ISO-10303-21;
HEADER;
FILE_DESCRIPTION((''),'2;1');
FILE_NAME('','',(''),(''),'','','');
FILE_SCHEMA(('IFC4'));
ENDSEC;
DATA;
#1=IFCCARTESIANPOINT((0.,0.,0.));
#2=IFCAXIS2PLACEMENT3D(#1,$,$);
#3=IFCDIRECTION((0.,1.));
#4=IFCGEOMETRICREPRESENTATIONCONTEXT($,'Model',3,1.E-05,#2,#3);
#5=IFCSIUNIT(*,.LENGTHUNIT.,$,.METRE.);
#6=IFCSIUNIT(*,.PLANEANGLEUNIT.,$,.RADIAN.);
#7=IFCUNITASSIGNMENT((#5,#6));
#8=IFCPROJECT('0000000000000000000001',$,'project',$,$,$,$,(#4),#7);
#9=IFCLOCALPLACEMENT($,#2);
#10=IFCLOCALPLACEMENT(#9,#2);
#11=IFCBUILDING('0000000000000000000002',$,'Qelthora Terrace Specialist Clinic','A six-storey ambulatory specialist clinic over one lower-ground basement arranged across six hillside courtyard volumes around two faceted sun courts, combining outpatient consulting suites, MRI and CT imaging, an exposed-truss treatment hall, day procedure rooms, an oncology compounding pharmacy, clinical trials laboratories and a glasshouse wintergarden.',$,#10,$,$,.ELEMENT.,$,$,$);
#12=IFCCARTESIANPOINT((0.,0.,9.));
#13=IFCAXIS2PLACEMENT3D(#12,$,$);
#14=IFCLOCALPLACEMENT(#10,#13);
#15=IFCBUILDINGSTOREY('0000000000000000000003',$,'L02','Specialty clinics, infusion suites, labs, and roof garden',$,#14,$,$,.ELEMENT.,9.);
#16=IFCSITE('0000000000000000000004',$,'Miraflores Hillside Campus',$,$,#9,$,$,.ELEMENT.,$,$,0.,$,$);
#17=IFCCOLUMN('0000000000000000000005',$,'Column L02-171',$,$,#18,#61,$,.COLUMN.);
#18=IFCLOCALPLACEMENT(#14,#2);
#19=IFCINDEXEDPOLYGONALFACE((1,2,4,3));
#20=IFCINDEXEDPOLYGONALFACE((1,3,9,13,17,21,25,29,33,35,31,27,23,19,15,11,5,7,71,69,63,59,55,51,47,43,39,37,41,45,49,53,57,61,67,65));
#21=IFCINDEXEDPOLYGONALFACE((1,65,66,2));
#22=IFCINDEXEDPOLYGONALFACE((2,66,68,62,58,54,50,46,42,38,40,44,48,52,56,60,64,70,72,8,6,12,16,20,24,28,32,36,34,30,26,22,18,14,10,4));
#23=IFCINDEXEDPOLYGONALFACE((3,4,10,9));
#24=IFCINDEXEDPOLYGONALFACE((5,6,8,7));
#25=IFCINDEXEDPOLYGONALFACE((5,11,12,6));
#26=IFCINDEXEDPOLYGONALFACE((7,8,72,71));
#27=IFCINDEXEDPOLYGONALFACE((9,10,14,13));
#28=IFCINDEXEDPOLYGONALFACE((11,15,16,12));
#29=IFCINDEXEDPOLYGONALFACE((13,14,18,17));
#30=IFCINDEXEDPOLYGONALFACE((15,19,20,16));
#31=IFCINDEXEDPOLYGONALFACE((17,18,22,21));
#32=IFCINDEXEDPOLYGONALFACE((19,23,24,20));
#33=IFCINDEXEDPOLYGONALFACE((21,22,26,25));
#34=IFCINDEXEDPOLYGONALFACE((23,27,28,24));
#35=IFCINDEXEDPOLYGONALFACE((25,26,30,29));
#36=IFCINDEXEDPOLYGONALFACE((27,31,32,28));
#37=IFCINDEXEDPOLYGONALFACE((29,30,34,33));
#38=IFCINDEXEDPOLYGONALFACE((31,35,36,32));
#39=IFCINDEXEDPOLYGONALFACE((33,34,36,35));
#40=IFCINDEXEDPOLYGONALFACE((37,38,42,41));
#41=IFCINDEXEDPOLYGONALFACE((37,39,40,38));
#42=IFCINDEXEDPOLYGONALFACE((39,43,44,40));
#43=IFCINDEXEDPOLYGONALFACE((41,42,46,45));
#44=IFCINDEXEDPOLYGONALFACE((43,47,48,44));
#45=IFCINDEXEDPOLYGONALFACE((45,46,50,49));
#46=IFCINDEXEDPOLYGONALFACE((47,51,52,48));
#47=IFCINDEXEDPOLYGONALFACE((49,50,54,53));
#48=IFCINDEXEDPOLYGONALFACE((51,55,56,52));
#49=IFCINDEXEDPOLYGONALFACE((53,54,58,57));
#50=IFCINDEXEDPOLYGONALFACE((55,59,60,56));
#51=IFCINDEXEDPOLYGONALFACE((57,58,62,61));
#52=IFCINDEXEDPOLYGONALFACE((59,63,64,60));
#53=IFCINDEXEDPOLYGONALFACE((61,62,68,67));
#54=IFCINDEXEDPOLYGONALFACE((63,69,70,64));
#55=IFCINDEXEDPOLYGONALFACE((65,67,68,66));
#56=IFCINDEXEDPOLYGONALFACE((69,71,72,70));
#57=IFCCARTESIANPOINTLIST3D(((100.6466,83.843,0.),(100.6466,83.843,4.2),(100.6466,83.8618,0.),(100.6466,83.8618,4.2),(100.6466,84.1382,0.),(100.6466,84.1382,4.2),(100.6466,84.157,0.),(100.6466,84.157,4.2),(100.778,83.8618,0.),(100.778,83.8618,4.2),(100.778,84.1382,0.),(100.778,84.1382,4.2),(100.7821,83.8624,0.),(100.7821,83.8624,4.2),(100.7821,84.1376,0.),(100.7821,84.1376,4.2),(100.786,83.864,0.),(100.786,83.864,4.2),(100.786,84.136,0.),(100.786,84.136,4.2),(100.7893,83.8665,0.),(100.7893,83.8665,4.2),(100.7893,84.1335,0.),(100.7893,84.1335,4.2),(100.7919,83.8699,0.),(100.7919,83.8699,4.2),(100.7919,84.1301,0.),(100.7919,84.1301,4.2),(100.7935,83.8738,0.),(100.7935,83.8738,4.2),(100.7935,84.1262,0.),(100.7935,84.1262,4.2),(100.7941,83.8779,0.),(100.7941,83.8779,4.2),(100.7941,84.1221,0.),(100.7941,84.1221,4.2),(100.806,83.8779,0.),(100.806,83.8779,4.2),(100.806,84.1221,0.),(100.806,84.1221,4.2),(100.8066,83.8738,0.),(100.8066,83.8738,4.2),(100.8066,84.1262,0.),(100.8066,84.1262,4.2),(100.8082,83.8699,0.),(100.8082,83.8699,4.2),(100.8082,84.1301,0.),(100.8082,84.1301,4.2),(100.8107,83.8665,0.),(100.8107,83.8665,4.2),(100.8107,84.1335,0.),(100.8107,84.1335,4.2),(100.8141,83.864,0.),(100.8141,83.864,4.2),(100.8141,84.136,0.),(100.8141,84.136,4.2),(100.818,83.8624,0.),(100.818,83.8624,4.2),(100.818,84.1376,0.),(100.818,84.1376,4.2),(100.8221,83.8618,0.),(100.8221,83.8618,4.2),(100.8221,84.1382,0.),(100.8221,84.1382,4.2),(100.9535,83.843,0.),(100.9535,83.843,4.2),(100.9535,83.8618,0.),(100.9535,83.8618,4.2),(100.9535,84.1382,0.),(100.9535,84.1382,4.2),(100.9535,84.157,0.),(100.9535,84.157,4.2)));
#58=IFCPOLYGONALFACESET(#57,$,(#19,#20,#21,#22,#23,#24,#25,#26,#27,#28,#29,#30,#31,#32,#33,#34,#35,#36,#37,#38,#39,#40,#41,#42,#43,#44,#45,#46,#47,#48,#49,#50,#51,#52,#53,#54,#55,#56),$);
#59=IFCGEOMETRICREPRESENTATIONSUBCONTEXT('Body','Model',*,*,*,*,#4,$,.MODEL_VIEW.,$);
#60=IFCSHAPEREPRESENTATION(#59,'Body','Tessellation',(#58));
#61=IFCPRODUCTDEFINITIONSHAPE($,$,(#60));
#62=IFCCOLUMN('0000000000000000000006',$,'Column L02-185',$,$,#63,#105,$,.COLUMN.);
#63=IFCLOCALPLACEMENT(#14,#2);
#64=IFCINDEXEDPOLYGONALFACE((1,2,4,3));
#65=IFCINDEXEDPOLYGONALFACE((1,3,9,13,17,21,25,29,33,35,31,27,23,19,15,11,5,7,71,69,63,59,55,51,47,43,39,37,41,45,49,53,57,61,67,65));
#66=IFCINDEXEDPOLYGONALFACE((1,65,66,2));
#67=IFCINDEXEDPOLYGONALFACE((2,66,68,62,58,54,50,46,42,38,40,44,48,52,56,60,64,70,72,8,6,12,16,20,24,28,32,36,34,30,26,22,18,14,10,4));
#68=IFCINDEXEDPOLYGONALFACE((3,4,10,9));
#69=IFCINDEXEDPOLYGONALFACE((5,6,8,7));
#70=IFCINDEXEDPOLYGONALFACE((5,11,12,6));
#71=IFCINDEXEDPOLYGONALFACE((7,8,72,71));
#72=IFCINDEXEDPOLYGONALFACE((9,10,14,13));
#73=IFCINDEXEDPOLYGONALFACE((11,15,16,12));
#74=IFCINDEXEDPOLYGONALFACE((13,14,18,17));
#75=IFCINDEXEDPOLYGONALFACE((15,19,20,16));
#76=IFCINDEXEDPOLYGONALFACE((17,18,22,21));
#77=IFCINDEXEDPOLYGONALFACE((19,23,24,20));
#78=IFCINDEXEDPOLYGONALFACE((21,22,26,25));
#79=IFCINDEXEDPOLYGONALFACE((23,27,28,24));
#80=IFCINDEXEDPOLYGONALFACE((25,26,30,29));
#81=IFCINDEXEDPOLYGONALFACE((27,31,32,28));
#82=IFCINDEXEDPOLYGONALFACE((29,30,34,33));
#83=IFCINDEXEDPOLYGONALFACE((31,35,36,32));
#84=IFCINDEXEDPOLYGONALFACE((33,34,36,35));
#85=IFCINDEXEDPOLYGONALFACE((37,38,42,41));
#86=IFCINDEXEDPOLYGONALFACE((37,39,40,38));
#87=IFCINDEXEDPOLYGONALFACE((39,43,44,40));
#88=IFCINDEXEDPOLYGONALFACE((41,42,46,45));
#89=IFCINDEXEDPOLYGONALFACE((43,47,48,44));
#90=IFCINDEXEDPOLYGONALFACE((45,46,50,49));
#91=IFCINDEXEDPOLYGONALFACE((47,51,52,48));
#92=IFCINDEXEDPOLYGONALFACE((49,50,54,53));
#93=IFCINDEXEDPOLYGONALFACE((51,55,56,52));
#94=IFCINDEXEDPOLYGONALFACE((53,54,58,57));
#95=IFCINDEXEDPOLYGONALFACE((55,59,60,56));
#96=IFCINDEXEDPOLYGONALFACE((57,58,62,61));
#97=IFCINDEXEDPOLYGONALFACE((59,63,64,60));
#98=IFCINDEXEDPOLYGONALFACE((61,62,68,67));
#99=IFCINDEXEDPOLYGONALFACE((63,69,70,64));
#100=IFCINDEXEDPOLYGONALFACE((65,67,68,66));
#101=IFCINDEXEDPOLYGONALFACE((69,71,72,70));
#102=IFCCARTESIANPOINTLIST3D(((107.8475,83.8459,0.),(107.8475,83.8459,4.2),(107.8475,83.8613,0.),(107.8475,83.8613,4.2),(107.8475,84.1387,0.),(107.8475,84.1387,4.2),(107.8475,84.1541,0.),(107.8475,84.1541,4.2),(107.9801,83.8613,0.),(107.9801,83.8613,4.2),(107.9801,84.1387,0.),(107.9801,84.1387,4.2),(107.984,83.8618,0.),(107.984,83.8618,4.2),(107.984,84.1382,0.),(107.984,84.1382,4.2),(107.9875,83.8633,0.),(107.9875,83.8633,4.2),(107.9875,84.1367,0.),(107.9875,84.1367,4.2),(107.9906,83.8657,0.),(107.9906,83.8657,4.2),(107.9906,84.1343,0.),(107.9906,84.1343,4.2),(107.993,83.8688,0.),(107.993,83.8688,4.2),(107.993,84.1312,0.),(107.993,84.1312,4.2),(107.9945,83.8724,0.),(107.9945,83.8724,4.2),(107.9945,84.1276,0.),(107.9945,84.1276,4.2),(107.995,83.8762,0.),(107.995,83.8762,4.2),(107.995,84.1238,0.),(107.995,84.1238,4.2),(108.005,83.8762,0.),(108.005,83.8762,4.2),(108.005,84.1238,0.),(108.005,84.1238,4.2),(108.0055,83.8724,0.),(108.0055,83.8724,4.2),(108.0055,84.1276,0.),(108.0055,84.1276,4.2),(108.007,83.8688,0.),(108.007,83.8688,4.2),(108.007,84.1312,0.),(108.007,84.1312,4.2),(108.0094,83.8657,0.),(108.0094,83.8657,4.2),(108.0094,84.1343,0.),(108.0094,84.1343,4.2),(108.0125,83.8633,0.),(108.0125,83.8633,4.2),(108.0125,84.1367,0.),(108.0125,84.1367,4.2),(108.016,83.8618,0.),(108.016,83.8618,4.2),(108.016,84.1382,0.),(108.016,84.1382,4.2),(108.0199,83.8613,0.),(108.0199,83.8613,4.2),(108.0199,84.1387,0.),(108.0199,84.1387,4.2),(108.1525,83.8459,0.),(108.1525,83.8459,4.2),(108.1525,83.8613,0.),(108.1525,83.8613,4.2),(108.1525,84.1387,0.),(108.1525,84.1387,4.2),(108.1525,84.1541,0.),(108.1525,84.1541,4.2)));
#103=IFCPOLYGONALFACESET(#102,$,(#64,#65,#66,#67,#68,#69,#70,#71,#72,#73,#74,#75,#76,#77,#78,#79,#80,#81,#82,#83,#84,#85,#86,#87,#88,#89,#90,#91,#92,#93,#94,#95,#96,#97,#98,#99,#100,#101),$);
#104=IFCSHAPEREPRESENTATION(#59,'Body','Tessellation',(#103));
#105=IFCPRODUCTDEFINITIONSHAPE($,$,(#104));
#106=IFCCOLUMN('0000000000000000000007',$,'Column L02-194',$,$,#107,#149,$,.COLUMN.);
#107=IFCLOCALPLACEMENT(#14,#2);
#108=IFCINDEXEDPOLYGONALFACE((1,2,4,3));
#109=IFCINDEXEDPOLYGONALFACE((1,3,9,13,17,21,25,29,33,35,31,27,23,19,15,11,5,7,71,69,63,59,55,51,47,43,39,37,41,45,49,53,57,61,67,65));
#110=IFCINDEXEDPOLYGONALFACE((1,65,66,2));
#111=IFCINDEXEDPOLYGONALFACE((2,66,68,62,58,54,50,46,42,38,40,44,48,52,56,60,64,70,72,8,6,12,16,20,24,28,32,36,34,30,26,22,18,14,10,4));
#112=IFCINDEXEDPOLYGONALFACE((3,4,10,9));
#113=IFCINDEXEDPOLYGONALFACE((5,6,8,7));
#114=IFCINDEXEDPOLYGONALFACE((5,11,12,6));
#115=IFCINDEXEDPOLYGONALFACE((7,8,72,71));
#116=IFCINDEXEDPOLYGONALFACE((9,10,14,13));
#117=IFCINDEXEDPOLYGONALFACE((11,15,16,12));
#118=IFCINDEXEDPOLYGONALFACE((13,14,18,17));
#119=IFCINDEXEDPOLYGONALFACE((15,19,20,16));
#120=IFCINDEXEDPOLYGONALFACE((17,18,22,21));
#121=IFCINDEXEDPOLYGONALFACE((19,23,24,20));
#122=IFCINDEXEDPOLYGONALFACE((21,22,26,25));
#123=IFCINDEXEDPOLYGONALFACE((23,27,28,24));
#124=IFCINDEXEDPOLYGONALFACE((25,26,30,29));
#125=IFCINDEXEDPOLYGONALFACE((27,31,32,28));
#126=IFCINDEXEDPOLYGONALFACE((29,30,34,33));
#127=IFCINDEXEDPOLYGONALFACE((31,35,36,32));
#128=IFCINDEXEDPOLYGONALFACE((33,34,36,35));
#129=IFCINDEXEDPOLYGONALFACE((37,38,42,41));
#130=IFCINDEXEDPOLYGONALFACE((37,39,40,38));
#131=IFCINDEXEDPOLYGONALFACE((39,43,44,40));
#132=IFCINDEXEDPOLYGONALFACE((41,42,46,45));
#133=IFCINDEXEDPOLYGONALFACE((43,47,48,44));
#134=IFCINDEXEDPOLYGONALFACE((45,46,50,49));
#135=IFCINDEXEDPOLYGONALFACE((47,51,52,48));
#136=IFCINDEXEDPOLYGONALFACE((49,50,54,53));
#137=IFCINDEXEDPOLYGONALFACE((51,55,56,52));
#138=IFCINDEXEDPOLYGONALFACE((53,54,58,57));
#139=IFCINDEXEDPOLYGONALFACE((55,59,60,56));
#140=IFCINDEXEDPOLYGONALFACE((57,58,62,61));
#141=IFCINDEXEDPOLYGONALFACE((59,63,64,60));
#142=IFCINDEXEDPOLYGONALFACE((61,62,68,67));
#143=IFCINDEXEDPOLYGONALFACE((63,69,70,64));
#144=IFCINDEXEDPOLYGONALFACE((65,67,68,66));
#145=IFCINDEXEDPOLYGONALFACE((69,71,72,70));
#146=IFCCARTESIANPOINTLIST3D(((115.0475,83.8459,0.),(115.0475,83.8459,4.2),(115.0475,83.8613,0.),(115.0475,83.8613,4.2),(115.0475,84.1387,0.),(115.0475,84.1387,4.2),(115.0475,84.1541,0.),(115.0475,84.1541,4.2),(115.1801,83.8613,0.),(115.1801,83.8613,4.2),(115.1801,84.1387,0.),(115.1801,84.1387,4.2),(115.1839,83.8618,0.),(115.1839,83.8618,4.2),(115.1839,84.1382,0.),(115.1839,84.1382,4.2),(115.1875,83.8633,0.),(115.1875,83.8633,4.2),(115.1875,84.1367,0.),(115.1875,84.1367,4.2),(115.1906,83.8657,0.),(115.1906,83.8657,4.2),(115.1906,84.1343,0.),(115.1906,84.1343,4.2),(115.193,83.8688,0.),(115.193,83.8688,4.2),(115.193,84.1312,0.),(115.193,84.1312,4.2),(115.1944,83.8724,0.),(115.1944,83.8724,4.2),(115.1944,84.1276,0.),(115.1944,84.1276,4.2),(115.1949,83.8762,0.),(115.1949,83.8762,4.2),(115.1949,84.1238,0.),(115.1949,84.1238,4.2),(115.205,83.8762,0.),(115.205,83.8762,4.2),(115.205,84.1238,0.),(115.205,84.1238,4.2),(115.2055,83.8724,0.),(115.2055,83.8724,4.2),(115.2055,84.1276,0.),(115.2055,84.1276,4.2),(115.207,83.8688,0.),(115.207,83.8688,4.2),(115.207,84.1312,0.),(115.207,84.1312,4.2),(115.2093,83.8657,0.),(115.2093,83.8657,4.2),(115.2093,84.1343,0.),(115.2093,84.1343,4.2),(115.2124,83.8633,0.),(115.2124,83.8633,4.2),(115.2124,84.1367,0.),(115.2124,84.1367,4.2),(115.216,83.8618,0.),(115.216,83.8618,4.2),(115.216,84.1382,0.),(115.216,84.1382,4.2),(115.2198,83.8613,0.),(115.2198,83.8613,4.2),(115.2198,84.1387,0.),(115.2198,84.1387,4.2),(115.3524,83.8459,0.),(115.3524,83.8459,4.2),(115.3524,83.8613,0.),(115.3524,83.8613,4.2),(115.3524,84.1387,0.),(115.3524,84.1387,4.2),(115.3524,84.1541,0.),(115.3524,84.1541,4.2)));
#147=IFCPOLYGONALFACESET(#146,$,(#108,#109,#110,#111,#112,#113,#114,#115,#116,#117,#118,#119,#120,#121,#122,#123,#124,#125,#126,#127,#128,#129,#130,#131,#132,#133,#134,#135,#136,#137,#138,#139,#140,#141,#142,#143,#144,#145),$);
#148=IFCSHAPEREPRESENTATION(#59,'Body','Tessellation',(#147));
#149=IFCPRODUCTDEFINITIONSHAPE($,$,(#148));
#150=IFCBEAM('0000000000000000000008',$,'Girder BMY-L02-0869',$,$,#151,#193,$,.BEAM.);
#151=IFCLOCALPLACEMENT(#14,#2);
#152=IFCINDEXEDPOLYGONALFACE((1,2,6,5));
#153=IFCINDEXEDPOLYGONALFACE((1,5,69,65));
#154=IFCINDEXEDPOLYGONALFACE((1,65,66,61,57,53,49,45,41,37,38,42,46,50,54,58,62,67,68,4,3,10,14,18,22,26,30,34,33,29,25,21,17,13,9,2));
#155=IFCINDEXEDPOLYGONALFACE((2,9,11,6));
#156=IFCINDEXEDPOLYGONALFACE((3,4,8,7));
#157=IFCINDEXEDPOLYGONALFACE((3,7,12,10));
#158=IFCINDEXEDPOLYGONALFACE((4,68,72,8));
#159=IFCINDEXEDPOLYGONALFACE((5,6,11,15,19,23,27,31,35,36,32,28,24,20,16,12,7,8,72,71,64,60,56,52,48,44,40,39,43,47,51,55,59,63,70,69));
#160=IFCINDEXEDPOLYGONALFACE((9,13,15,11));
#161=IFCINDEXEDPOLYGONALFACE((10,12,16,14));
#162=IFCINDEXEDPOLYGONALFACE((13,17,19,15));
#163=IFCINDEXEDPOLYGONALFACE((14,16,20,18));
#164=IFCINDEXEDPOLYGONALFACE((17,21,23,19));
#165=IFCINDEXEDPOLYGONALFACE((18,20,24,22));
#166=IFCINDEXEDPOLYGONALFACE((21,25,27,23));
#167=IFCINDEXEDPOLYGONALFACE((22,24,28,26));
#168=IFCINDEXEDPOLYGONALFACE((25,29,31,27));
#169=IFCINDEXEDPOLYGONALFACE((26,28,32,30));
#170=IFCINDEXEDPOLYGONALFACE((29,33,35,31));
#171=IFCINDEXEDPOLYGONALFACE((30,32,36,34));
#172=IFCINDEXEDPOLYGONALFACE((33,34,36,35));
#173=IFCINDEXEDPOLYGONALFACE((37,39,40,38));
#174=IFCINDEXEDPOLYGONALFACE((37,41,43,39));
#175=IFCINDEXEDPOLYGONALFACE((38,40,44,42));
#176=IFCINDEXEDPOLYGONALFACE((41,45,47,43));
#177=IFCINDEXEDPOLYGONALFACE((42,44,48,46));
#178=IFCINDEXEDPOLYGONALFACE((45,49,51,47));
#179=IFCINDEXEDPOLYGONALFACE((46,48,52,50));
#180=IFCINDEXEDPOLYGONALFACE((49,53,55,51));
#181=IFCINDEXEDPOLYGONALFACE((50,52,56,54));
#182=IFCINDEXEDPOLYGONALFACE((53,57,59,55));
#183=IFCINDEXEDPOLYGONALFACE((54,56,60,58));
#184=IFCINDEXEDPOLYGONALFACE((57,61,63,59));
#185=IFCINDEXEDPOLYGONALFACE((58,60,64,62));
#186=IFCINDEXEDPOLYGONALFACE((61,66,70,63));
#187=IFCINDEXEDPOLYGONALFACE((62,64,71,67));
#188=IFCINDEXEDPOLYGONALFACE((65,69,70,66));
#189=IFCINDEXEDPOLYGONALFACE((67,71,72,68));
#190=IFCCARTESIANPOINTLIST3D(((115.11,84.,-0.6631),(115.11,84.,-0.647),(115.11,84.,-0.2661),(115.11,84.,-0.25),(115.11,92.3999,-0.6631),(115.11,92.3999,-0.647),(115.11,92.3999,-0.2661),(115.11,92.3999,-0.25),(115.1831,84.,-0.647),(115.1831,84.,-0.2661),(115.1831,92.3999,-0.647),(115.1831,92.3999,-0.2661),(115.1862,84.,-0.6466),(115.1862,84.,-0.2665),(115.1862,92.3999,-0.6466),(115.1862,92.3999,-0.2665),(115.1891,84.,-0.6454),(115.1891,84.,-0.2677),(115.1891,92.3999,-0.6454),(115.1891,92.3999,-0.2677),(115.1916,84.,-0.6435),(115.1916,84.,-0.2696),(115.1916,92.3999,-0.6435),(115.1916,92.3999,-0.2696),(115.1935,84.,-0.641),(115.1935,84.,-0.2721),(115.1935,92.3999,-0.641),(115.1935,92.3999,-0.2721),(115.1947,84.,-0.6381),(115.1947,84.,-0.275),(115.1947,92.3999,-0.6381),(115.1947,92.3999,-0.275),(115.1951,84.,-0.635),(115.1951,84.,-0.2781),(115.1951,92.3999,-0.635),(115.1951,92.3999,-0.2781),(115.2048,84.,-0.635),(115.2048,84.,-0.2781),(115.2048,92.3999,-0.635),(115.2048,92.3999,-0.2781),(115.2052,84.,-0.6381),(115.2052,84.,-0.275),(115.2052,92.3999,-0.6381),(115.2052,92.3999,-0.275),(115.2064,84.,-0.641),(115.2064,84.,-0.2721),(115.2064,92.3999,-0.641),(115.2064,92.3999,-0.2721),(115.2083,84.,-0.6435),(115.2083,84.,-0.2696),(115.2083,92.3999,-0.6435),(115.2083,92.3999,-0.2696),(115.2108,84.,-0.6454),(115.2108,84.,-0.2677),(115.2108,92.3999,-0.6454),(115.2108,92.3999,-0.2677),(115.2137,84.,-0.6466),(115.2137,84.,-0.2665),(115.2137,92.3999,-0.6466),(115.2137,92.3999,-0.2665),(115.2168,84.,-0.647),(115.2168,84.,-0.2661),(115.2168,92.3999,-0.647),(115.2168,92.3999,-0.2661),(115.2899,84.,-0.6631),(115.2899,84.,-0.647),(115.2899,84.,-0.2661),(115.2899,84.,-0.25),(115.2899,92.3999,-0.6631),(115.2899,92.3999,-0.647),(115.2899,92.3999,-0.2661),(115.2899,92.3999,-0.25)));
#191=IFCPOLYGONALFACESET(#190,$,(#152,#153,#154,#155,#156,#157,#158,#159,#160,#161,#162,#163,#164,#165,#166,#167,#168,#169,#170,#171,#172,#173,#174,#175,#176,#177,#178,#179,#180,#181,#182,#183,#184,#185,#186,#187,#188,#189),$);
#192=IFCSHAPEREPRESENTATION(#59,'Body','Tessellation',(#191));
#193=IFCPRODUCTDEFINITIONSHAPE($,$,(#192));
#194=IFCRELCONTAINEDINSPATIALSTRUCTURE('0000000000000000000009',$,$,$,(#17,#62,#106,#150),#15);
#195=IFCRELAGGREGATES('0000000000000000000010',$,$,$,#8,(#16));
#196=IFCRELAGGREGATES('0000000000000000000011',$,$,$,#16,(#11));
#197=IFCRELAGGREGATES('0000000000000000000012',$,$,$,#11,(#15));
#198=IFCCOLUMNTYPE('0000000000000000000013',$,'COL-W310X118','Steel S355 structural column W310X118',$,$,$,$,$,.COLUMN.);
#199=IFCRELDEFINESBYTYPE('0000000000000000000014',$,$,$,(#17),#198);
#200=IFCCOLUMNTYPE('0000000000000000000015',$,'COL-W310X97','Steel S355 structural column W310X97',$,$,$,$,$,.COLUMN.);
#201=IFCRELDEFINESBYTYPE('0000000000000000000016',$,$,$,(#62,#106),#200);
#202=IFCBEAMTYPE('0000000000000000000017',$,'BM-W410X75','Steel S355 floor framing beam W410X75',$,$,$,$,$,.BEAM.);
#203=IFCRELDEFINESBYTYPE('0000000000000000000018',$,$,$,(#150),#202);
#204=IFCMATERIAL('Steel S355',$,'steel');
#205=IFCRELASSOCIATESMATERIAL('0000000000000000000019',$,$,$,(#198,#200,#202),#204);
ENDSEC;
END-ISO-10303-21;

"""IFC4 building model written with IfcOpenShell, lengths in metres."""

from ifc_helpers import new_model, si_unit, direction, frame, origin, origin_2d, place, context, subcontext, project, spatial, i_section, extrude, material, material_profile, profile_set, type_object, element, save


model = new_model("IFC4")

# Units and contexts
model_context = context("Model", 3, precision=1e-05, world=origin(), true_north=direction((0.0, 1.0)))
body_context = subcontext(model_context, "Body", "Model", "MODEL_VIEW")
ifc_project = project(units=[si_unit("LENGTHUNIT", "METRE"), si_unit("PLANEANGLEUNIT", "RADIAN")], contexts=[model_context])

# Site, building, storey
site_placement = place(None, origin())
site = spatial("IfcSite", under=ifc_project, at=site_placement, Name="Miraflores Hillside Campus", CompositionType="ELEMENT", RefElevation=0.0)
building_placement = place(site_placement, origin())
building = spatial("IfcBuilding", under=site, at=building_placement, Name="Qelthora Terrace Specialist Clinic", Description="A six-storey ambulatory specialist clinic over one lower-ground basement arranged across six hillside courtyard volumes around two faceted sun courts, combining outpatient consulting suites, MRI and CT imaging, an exposed-truss treatment hall, day procedure rooms, an oncology compounding pharmacy, clinical trials laboratories and a glasshouse wintergarden.", CompositionType="ELEMENT")
storey_placement = place(building_placement, frame((0.0, 0.0, 9.0)))
storey = spatial("IfcBuildingStorey", under=building, at=storey_placement, Name="L02", Description="Specialty clinics, infusion suites, labs, and roof garden", CompositionType="ELEMENT", Elevation=9.0)

# Columns
ifc_material_1 = material(Name="Steel S355", Category="steel")
ifc_material_profile_1 = material_profile(ifc_material_1, i_section(OverallWidth=0.3069, OverallDepth=0.314, WebThickness=0.012, FlangeThickness=0.0188, FilletRadius=0.0161, at=origin_2d()), Name="W310X118")
ifc_profile_set_1 = profile_set([ifc_material_profile_1], Name="Steel S355")
column_type_1 = type_object("IfcColumnType", Name="COL-W310X118", Description="Steel S355 structural column W310X118", PredefinedType="COLUMN", material=ifc_profile_set_1)
column_placement = place(storey_placement, frame((100.8, 84.0, 0.0), z_axis=(0.0, 0.0, 1.0), x_axis=(1.0, 0.0, 0.0)))
element("IfcColumn", 1, at=column_placement, inside=storey, type_object=column_type_1, Name="Column L02-171", PredefinedType="COLUMN", context=body_context, shape_type="SweptSolid", body=[
    extrude(i_section(OverallWidth=0.3069, OverallDepth=0.314, WebThickness=0.012, FlangeThickness=0.0188, FilletRadius=0.0161, at=origin_2d()), origin(), (0.0, 0.0, 1.0), 4.2),
])
ifc_material_profile_2 = material_profile(ifc_material_1, i_section(OverallWidth=0.3049, OverallDepth=0.3081, WebThickness=0.01, FlangeThickness=0.0154, FilletRadius=0.0149, at=origin_2d()), Name="W310X97")
ifc_profile_set_2 = profile_set([ifc_material_profile_2], Name="Steel S355")
column_type_2 = type_object("IfcColumnType", Name="COL-W310X97", Description="Steel S355 structural column W310X97", PredefinedType="COLUMN", material=ifc_profile_set_2)
for number, where, z_axis, x_axis, name in (
    (2, (108.0, 84.0, 0.0), (0.0, 0.0, 1.0), (1.0, 0.0, 0.0), "Column L02-185"),
    (3, (115.2, 84.0, 0.0), (0.0, 0.0, 1.0), (1.0, 0.0, 0.0), "Column L02-194"),
):
    element("IfcColumn", number, at=place(storey_placement, frame(where, z_axis=z_axis, x_axis=x_axis)), inside=storey, type_object=column_type_2, Name=name, PredefinedType="COLUMN", context=body_context, shape_type="SweptSolid", body=[
        extrude(i_section(OverallWidth=0.3049, OverallDepth=0.3081, WebThickness=0.01, FlangeThickness=0.0154, FilletRadius=0.0149, at=origin_2d()), origin(), (0.0, 0.0, 1.0), 4.2),
    ])

# Beam
ifc_material_profile_3 = material_profile(ifc_material_1, i_section(OverallWidth=0.1799, OverallDepth=0.4131, WebThickness=0.0098, FlangeThickness=0.0161, FilletRadius=0.012, at=origin_2d()), Name="W410X75")
ifc_profile_set_3 = profile_set([ifc_material_profile_3], Name="Steel S355")
beam_type_1 = type_object("IfcBeamType", Name="BM-W410X75", Description="Steel S355 floor framing beam W410X75", PredefinedType="BEAM", material=ifc_profile_set_3)
beam_1_placement = place(storey_placement, frame((115.2, 84.0, -0.4565), z_axis=(0.0, 1.0, 0.0), x_axis=(-1.0, 0.0, 0.0)))
element("IfcBeam", 4, at=beam_1_placement, inside=storey, type_object=beam_type_1, Name="Girder BMY-L02-0869", PredefinedType="BEAM", context=body_context, shape_type="SweptSolid", body=[
    extrude(i_section(OverallWidth=0.1799, OverallDepth=0.4131, WebThickness=0.0098, FlangeThickness=0.0161, FilletRadius=0.012, at=origin_2d()), origin(), (0.0, 0.0, 1.0), 8.3999),
])

save(model, "model.ifc")
